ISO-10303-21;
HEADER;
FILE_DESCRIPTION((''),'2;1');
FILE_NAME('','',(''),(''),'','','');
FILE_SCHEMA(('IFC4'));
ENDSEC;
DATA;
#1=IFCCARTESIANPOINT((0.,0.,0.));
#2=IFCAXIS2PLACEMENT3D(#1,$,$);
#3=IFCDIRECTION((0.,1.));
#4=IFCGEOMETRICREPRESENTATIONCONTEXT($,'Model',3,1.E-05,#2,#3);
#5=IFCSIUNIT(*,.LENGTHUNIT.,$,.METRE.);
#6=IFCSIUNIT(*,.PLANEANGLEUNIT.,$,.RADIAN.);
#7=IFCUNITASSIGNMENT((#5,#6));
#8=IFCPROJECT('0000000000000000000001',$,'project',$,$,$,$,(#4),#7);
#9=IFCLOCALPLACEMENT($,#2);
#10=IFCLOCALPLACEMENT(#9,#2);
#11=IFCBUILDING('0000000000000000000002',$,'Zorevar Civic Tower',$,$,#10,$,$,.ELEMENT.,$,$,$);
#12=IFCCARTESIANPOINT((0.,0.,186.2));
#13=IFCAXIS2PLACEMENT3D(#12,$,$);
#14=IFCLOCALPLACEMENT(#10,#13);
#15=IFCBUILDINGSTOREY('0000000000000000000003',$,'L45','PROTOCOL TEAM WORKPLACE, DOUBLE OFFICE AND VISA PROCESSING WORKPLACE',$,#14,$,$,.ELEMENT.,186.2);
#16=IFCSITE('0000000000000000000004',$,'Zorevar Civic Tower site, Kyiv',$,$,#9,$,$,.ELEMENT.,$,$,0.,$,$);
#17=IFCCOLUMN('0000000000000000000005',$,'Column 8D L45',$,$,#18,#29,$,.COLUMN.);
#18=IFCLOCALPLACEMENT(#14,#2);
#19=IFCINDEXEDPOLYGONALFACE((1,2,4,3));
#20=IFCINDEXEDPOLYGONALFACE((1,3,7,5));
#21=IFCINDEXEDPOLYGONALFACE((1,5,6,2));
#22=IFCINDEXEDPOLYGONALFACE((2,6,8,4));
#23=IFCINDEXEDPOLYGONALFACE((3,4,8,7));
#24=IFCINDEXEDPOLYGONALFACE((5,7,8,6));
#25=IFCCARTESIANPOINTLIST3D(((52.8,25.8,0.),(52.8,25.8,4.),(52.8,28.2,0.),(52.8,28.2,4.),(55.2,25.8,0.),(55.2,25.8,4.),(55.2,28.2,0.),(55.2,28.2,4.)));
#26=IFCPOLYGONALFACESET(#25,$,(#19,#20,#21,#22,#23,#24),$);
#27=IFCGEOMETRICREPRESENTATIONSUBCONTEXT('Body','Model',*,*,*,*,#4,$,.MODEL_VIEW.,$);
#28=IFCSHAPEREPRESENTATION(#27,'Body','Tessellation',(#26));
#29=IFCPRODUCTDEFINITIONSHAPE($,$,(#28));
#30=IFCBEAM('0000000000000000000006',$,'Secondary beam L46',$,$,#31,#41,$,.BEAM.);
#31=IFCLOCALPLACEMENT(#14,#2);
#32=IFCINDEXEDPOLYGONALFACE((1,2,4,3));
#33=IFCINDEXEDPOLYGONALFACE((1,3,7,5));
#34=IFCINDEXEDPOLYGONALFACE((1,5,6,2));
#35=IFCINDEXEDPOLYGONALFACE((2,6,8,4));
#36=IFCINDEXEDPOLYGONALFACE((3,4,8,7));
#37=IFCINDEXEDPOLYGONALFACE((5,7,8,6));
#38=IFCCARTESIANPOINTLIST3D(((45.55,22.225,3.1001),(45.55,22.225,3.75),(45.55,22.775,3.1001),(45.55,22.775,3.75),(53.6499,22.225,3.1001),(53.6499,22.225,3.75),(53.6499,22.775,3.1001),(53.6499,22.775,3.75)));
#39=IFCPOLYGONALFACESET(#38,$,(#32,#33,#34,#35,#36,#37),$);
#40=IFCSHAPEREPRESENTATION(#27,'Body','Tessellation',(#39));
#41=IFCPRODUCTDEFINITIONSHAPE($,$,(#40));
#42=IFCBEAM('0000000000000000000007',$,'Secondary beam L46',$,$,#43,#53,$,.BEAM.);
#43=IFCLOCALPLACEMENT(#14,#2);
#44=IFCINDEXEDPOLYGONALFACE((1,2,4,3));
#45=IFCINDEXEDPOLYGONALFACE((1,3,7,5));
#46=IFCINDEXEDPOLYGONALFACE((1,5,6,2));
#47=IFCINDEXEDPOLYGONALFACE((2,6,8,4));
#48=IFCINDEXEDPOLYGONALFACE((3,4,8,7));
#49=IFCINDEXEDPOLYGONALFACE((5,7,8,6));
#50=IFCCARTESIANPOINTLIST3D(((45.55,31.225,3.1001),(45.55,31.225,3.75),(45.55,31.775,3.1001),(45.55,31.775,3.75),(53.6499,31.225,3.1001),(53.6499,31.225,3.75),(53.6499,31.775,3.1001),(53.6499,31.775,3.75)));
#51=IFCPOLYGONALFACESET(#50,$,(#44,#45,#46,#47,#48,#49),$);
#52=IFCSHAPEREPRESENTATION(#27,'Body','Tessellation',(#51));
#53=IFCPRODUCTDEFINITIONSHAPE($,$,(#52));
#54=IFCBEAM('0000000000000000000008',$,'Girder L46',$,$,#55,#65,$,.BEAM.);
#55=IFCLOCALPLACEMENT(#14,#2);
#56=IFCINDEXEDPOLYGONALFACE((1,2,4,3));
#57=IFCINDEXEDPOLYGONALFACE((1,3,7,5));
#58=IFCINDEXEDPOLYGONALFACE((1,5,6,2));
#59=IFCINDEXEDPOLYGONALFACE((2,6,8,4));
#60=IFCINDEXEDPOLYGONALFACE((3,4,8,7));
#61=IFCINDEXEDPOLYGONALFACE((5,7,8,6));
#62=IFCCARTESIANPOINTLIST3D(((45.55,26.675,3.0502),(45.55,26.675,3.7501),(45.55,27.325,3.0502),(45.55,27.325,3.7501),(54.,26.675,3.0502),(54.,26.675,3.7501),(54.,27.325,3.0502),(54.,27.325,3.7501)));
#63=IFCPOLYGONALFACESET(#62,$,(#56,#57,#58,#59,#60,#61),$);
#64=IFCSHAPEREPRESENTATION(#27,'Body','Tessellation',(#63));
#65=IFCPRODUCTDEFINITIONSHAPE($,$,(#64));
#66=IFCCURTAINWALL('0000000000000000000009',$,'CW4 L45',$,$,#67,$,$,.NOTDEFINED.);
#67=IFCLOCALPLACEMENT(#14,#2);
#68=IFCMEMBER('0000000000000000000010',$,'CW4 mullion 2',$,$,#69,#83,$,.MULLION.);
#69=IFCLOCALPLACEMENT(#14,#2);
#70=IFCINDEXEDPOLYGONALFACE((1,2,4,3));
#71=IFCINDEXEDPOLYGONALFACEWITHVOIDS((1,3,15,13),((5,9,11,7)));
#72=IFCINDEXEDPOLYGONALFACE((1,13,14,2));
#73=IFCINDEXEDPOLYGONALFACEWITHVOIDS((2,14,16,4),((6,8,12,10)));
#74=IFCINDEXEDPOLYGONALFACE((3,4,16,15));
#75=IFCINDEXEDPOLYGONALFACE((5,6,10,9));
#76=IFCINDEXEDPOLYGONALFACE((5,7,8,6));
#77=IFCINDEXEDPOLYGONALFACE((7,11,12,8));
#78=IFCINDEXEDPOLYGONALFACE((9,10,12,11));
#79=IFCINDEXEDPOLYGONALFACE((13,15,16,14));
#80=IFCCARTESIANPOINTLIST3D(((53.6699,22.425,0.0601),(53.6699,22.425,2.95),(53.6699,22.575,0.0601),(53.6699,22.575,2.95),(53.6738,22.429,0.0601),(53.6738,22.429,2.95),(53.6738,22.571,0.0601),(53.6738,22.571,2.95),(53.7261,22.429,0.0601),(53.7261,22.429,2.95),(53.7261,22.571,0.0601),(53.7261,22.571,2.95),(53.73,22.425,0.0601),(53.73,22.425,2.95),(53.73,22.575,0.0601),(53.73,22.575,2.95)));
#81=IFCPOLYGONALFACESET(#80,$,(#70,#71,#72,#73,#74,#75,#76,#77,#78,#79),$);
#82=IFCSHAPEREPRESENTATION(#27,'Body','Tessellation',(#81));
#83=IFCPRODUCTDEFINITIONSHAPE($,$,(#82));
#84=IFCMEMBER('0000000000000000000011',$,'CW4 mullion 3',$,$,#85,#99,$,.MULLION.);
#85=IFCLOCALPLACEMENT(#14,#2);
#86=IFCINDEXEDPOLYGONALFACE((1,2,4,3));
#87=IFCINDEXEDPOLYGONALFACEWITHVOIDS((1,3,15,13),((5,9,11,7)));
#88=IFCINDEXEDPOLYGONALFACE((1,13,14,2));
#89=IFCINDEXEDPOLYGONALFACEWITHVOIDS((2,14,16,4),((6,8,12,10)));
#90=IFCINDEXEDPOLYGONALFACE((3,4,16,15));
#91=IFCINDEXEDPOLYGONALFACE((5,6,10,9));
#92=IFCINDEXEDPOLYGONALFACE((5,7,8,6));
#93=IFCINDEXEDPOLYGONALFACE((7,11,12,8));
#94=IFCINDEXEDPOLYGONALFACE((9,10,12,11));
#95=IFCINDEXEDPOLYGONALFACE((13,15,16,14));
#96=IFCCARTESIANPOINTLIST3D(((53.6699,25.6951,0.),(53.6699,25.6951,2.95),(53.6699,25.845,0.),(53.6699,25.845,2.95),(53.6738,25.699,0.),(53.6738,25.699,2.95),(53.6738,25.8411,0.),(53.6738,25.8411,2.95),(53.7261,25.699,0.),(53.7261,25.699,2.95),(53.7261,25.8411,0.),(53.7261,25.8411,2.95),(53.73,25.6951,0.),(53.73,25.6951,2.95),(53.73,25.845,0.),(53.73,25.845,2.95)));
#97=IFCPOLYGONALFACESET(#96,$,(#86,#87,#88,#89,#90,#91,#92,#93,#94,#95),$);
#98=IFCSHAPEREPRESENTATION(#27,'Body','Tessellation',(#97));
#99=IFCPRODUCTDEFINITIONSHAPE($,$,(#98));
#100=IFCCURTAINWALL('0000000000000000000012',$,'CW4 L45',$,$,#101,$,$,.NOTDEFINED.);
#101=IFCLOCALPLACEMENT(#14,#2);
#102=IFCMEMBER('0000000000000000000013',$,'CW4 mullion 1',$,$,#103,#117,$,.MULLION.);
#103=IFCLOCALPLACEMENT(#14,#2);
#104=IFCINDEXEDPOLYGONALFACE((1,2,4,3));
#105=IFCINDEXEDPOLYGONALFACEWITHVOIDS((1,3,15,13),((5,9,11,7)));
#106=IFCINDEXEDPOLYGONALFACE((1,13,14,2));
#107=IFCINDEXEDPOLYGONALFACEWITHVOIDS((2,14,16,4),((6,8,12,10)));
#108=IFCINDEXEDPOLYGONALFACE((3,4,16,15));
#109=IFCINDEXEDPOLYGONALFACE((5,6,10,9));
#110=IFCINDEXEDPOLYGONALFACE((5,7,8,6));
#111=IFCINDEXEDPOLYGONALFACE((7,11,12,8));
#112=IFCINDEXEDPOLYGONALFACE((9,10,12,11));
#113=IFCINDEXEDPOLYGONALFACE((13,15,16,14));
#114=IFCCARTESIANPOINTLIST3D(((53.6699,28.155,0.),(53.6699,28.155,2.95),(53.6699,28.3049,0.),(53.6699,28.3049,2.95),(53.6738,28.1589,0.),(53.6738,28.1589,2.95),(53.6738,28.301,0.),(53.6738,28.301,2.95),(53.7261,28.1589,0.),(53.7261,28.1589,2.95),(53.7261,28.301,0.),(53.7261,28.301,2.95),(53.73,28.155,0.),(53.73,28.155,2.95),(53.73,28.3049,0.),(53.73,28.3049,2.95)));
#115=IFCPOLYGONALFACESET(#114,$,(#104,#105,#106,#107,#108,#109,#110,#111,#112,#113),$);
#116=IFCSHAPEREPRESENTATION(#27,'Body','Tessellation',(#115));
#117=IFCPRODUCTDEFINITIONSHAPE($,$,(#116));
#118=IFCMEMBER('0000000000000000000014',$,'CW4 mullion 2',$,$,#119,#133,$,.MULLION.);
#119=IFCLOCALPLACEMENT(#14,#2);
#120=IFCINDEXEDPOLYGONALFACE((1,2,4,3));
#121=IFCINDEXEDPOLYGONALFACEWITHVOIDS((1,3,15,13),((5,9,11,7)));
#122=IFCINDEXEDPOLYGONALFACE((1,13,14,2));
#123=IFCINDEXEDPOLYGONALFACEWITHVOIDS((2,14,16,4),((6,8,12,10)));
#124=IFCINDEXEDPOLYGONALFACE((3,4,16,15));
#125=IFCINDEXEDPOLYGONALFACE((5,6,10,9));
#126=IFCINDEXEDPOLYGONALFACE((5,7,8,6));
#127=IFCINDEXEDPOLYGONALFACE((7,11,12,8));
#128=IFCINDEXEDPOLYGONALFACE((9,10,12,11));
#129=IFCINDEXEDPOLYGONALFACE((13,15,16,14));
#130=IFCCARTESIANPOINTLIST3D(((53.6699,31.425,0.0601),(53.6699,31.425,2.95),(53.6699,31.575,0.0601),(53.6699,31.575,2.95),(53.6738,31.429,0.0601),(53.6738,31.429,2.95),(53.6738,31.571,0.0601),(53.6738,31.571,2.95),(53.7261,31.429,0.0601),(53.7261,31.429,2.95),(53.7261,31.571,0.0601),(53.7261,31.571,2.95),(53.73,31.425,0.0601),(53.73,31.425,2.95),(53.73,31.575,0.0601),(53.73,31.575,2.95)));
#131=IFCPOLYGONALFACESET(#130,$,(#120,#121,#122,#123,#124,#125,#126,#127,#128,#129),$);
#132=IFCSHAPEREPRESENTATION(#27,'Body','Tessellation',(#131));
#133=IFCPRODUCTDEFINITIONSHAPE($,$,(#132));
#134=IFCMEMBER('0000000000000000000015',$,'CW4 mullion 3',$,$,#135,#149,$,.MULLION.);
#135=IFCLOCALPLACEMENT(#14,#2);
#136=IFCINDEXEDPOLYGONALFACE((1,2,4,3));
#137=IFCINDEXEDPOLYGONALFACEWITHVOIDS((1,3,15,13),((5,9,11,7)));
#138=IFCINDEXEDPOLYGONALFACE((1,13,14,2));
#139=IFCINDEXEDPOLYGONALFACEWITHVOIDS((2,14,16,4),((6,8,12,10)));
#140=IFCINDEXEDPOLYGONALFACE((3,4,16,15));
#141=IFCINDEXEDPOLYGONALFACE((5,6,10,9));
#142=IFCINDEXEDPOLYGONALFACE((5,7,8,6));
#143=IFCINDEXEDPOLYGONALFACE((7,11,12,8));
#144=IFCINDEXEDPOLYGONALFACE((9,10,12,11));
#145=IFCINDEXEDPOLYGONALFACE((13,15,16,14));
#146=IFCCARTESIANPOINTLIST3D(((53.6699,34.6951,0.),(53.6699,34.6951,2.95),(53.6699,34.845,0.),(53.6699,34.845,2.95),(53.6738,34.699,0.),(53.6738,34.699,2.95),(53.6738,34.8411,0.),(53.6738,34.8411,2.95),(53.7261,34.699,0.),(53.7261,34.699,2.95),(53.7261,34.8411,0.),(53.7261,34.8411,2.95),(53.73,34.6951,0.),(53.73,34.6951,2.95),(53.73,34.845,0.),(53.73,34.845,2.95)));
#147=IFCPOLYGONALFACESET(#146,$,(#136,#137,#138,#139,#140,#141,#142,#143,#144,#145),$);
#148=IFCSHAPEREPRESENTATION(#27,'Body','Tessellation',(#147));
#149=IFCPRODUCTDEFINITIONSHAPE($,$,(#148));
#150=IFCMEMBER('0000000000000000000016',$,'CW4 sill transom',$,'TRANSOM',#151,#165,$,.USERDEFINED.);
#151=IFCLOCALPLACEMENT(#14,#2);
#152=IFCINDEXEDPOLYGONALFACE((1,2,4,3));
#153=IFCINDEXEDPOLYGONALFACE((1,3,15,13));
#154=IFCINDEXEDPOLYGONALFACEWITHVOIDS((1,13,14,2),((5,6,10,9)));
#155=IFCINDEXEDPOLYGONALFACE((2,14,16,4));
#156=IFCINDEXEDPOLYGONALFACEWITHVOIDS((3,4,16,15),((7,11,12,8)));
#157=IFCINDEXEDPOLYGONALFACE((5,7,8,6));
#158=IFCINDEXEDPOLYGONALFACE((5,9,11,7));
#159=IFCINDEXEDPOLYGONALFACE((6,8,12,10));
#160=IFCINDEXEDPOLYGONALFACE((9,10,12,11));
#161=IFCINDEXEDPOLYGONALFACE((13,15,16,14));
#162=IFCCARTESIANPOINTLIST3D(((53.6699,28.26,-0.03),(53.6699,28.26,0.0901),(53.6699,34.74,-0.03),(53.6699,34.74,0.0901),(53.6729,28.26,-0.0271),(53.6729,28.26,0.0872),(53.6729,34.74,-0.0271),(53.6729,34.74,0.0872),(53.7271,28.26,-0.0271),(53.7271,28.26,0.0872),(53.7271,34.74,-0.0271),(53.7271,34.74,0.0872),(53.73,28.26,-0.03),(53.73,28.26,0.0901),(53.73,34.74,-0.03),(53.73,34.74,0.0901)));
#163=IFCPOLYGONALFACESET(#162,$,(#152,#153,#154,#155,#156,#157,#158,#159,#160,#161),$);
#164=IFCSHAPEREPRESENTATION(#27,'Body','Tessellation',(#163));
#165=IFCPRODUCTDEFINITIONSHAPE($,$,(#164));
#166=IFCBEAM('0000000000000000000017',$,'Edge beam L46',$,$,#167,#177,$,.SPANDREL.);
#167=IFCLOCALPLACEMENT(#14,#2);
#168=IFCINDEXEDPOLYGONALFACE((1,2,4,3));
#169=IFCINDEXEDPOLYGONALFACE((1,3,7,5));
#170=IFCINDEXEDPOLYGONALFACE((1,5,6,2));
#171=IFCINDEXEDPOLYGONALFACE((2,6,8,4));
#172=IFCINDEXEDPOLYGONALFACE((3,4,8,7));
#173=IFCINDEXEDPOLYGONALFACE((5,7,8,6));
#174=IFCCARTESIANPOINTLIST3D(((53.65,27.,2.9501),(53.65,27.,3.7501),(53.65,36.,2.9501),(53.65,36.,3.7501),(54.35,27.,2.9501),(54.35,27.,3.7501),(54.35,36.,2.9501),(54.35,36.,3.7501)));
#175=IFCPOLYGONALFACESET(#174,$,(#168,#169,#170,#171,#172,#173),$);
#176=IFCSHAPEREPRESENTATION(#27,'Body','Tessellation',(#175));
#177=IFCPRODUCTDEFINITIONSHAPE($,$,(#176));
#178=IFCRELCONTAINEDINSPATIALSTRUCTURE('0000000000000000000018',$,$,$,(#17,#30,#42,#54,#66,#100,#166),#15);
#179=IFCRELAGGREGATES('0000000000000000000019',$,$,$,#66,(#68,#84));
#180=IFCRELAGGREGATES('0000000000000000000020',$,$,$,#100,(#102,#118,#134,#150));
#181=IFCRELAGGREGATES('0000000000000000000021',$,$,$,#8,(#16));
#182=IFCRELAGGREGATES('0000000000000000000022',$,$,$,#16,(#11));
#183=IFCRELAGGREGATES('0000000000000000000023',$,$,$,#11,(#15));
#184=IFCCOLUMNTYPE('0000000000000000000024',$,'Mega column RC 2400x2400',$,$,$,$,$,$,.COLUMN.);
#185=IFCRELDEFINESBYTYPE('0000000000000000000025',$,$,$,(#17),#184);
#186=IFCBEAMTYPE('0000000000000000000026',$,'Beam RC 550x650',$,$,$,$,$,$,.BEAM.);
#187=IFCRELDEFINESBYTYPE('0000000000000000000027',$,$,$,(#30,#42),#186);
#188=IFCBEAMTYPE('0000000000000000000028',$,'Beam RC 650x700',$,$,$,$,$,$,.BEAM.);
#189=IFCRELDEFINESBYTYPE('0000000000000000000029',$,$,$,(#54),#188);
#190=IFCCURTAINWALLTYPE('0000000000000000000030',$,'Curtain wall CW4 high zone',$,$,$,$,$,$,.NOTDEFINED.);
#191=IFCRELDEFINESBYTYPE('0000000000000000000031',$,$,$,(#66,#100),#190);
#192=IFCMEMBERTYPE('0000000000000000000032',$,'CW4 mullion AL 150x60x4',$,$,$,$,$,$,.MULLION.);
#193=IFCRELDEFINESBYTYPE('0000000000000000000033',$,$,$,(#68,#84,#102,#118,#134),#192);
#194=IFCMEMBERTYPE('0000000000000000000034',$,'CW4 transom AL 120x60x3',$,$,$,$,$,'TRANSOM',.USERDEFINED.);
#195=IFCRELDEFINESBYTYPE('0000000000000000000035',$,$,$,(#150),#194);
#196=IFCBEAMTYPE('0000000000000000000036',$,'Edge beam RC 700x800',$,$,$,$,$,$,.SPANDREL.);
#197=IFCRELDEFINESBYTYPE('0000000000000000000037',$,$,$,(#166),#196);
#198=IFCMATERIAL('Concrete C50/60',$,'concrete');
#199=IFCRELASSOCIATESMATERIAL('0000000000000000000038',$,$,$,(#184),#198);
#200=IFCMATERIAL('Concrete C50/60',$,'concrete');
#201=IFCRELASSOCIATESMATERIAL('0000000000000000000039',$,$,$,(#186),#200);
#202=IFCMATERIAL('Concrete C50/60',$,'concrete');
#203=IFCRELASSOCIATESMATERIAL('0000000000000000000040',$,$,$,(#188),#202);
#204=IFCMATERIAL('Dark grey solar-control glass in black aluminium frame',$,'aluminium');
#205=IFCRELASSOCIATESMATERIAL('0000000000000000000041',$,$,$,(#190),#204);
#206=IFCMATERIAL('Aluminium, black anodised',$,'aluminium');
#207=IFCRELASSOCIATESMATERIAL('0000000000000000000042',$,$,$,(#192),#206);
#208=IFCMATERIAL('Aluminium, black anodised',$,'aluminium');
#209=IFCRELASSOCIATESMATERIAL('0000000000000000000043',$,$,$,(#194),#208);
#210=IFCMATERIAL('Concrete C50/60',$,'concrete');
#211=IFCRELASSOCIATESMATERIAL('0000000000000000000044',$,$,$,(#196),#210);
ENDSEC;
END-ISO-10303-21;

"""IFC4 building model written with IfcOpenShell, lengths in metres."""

from ifc_helpers import new_model, si_unit, direction, frame, origin, origin_2d, place, context, subcontext, project, spatial, rectangle, hollow_rectangle, extrude, material, material_profile, profile_set, type_object, element, aggregate, save


model = new_model("IFC4")

# Units and contexts
model_context = context("Model", 3, precision=1e-05, world=origin(), true_north=direction((0.0, 1.0)))
body_context = subcontext(model_context, "Body", "Model", "MODEL_VIEW")
ifc_project = project(units=[si_unit("LENGTHUNIT", "METRE"), si_unit("PLANEANGLEUNIT", "RADIAN")], contexts=[model_context])

# Site, building, storey
site_placement = place(None, origin())
site = spatial("IfcSite", under=ifc_project, at=site_placement, Name="Zorevar Civic Tower site, Kyiv", CompositionType="ELEMENT", RefElevation=0.0)
building_placement = place(site_placement, origin())
building = spatial("IfcBuilding", under=site, at=building_placement, Name="Zorevar Civic Tower", CompositionType="ELEMENT")
storey_placement = place(building_placement, frame((0.0, 0.0, 186.2)))
storey = spatial("IfcBuildingStorey", under=building, at=storey_placement, Name="L45", Description="PROTOCOL TEAM WORKPLACE, DOUBLE OFFICE AND VISA PROCESSING WORKPLACE", CompositionType="ELEMENT", Elevation=186.2)

# Column
ifc_material_1 = material(Name="Concrete C50/60", Category="concrete")
ifc_material_profile_1 = material_profile(ifc_material_1, rectangle(XDim=2.3999, YDim=2.3999, at=origin_2d()), Name="RC 2400x2400")
ifc_profile_set_1 = profile_set([ifc_material_profile_1], Name="Concrete C50/60")
column_type = type_object("IfcColumnType", Name="Mega column RC 2400x2400", PredefinedType="COLUMN", material=ifc_profile_set_1)
column_placement = place(storey_placement, frame((54.0, 27.0, 0.0), z_axis=(0.0, 0.0, 1.0), x_axis=(1.0, 0.0, 0.0)))
element("IfcColumn", 1, at=column_placement, inside=storey, type_object=column_type, Name="Column 8D L45", PredefinedType="COLUMN", context=body_context, shape_type="SweptSolid", body=[
    extrude(rectangle(XDim=2.3999, YDim=2.3999, at=origin_2d()), origin(), (0.0, 0.0, 1.0), 4.0),
])

# Beams
ifc_material_2 = material(Name="Concrete C50/60", Category="concrete")
ifc_material_profile_2 = material_profile(ifc_material_2, rectangle(XDim=0.55, YDim=0.6499, at=origin_2d()), Name="RC 550x650")
ifc_profile_set_2 = profile_set([ifc_material_profile_2], Name="Concrete C50/60")
beam_type_1 = type_object("IfcBeamType", Name="Beam RC 550x650", PredefinedType="BEAM", material=ifc_profile_set_2)
for number, where, z_axis, x_axis, name in (
    (2, (45.55, 22.5, 3.425), (1.0, 0.0, 0.0), (0.0, 1.0, 0.0), "Secondary beam L46"),
    (3, (45.55, 31.5, 3.425), (1.0, 0.0, 0.0), (0.0, 1.0, 0.0), "Secondary beam L46"),
):
    element("IfcBeam", number, at=place(storey_placement, frame(where, z_axis=z_axis, x_axis=x_axis)), inside=storey, type_object=beam_type_1, Name=name, PredefinedType="BEAM", context=body_context, shape_type="SweptSolid", body=[
        extrude(rectangle(XDim=0.55, YDim=0.6499, at=origin_2d()), origin(), (0.0, 0.0, 1.0), 8.0999),
    ])
ifc_material_3 = material(Name="Concrete C50/60", Category="concrete")
ifc_material_profile_3 = material_profile(ifc_material_3, rectangle(XDim=0.6499, YDim=0.7, at=origin_2d()), Name="RC 650x700")
ifc_profile_set_3 = profile_set([ifc_material_profile_3], Name="Concrete C50/60")
beam_type_2 = type_object("IfcBeamType", Name="Beam RC 650x700", PredefinedType="BEAM", material=ifc_profile_set_3)
beam_1_placement = place(storey_placement, frame((45.55, 27.0, 3.4001), z_axis=(1.0, 0.0, 0.0), x_axis=(0.0, 1.0, 0.0)))
element("IfcBeam", 4, at=beam_1_placement, inside=storey, type_object=beam_type_2, Name="Girder L46", PredefinedType="BEAM", context=body_context, shape_type="SweptSolid", body=[
    extrude(rectangle(XDim=0.6499, YDim=0.7, at=origin_2d()), origin(), (0.0, 0.0, 1.0), 8.45),
])

# Curtain walls, members
ifc_material_4 = material(Name="Dark grey solar-control glass in black aluminium frame", Category="aluminium")
curtain_wall_type = type_object("IfcCurtainWallType", Name="Curtain wall CW4 high zone", PredefinedType="NOTDEFINED", material=ifc_material_4)
curtain_wall_1_placement = place(storey_placement, origin())
curtain_wall_1 = element("IfcCurtainWall", 5, at=curtain_wall_1_placement, inside=storey, type_object=curtain_wall_type, Name="CW4 L45", PredefinedType="NOTDEFINED")
ifc_material_5 = material(Name="Aluminium, black anodised", Category="aluminium")
ifc_material_profile_4 = material_profile(ifc_material_5, hollow_rectangle(XDim=0.0601, YDim=0.1499, WallThickness=0.0039, at=origin_2d()), Name="AL 150x60x4")
ifc_profile_set_4 = profile_set([ifc_material_profile_4], Name="Aluminium, black anodised")
member_type_1 = type_object("IfcMemberType", Name="CW4 mullion AL 150x60x4", PredefinedType="MULLION", material=ifc_profile_set_4)
member_1_placement = place(storey_placement, frame((53.7, 22.5, 0.0601), z_axis=(0.0, 0.0, 1.0), x_axis=(-1.0, 0.0, 0.0)))
member_1 = element("IfcMember", 6, at=member_1_placement, type_object=member_type_1, Name="CW4 mullion 2", PredefinedType="MULLION", context=body_context, shape_type="SweptSolid", body=[
    extrude(hollow_rectangle(XDim=0.0601, YDim=0.1499, WallThickness=0.0039, at=origin_2d()), origin(), (0.0, 0.0, 1.0), 2.8899),
])
member_2_placement = place(storey_placement, frame((53.7, 25.77, 0.0), z_axis=(0.0, 0.0, 1.0), x_axis=(-1.0, 0.0, 0.0)))
member_2 = element("IfcMember", 7, at=member_2_placement, type_object=member_type_1, Name="CW4 mullion 3", PredefinedType="MULLION", context=body_context, shape_type="SweptSolid", body=[
    extrude(hollow_rectangle(XDim=0.0601, YDim=0.1499, WallThickness=0.0039, at=origin_2d()), origin(), (0.0, 0.0, 1.0), 2.95),
])
curtain_wall_2_placement = place(storey_placement, origin())
curtain_wall_2 = element("IfcCurtainWall", 8, at=curtain_wall_2_placement, inside=storey, type_object=curtain_wall_type, Name="CW4 L45", PredefinedType="NOTDEFINED")
member_3_placement = place(storey_placement, frame((53.7, 28.23, 0.0), z_axis=(0.0, 0.0, 1.0), x_axis=(-1.0, 0.0, 0.0)))
member_3 = element("IfcMember", 9, at=member_3_placement, type_object=member_type_1, Name="CW4 mullion 1", PredefinedType="MULLION", context=body_context, shape_type="SweptSolid", body=[
    extrude(hollow_rectangle(XDim=0.0601, YDim=0.1499, WallThickness=0.0039, at=origin_2d()), origin(), (0.0, 0.0, 1.0), 2.95),
])
member_4_placement = place(storey_placement, frame((53.7, 31.5, 0.0601), z_axis=(0.0, 0.0, 1.0), x_axis=(-1.0, 0.0, 0.0)))
member_4 = element("IfcMember", 10, at=member_4_placement, type_object=member_type_1, Name="CW4 mullion 2", PredefinedType="MULLION", context=body_context, shape_type="SweptSolid", body=[
    extrude(hollow_rectangle(XDim=0.0601, YDim=0.1499, WallThickness=0.0039, at=origin_2d()), origin(), (0.0, 0.0, 1.0), 2.8899),
])
member_5_placement = place(storey_placement, frame((53.7, 34.77, 0.0), z_axis=(0.0, 0.0, 1.0), x_axis=(-1.0, 0.0, 0.0)))
member_5 = element("IfcMember", 11, at=member_5_placement, type_object=member_type_1, Name="CW4 mullion 3", PredefinedType="MULLION", context=body_context, shape_type="SweptSolid", body=[
    extrude(hollow_rectangle(XDim=0.0601, YDim=0.1499, WallThickness=0.0039, at=origin_2d()), origin(), (0.0, 0.0, 1.0), 2.95),
])
ifc_material_6 = material(Name="Aluminium, black anodised", Category="aluminium")
ifc_material_profile_5 = material_profile(ifc_material_6, hollow_rectangle(XDim=0.0601, YDim=0.1201, WallThickness=0.0029, at=origin_2d()), Name="AL 120x60x3")
ifc_profile_set_5 = profile_set([ifc_material_profile_5], Name="Aluminium, black anodised")
member_type_2 = type_object("IfcMemberType", Name="CW4 transom AL 120x60x3", ElementType="TRANSOM", PredefinedType="USERDEFINED", material=ifc_profile_set_5)
member_6_placement = place(storey_placement, frame((53.7, 28.26, 0.03), z_axis=(0.0, 1.0, 0.0), x_axis=(-1.0, 0.0, 0.0)))
member_6 = element("IfcMember", 12, at=member_6_placement, type_object=member_type_2, Name="CW4 sill transom", ObjectType="TRANSOM", PredefinedType="USERDEFINED", context=body_context, shape_type="SweptSolid", body=[
    extrude(hollow_rectangle(XDim=0.0601, YDim=0.1201, WallThickness=0.0029, at=origin_2d()), origin(), (0.0, 0.0, 1.0), 6.48),
])

# Beam
ifc_material_7 = material(Name="Concrete C50/60", Category="concrete")
ifc_material_profile_6 = material_profile(ifc_material_7, rectangle(XDim=0.7, YDim=0.8, at=origin_2d()), Name="RC 700x800")
ifc_profile_set_6 = profile_set([ifc_material_profile_6], Name="Concrete C50/60")
beam_type_3 = type_object("IfcBeamType", Name="Edge beam RC 700x800", PredefinedType="SPANDREL", material=ifc_profile_set_6)
beam_2_placement = place(storey_placement, frame((54.0, 27.0, 3.3501), z_axis=(0.0, 1.0, 0.0), x_axis=(-1.0, 0.0, 0.0)))
element("IfcBeam", 13, at=beam_2_placement, inside=storey, type_object=beam_type_3, Name="Edge beam L46", PredefinedType="SPANDREL", context=body_context, shape_type="SweptSolid", body=[
    extrude(rectangle(XDim=0.7, YDim=0.8, at=origin_2d()), origin(), (0.0, 0.0, 1.0), 9.0),
])

aggregate(curtain_wall_1, [member_1, member_2])
aggregate(curtain_wall_2, [member_3, member_4, member_5, member_6])

save(model, "model.ifc")
